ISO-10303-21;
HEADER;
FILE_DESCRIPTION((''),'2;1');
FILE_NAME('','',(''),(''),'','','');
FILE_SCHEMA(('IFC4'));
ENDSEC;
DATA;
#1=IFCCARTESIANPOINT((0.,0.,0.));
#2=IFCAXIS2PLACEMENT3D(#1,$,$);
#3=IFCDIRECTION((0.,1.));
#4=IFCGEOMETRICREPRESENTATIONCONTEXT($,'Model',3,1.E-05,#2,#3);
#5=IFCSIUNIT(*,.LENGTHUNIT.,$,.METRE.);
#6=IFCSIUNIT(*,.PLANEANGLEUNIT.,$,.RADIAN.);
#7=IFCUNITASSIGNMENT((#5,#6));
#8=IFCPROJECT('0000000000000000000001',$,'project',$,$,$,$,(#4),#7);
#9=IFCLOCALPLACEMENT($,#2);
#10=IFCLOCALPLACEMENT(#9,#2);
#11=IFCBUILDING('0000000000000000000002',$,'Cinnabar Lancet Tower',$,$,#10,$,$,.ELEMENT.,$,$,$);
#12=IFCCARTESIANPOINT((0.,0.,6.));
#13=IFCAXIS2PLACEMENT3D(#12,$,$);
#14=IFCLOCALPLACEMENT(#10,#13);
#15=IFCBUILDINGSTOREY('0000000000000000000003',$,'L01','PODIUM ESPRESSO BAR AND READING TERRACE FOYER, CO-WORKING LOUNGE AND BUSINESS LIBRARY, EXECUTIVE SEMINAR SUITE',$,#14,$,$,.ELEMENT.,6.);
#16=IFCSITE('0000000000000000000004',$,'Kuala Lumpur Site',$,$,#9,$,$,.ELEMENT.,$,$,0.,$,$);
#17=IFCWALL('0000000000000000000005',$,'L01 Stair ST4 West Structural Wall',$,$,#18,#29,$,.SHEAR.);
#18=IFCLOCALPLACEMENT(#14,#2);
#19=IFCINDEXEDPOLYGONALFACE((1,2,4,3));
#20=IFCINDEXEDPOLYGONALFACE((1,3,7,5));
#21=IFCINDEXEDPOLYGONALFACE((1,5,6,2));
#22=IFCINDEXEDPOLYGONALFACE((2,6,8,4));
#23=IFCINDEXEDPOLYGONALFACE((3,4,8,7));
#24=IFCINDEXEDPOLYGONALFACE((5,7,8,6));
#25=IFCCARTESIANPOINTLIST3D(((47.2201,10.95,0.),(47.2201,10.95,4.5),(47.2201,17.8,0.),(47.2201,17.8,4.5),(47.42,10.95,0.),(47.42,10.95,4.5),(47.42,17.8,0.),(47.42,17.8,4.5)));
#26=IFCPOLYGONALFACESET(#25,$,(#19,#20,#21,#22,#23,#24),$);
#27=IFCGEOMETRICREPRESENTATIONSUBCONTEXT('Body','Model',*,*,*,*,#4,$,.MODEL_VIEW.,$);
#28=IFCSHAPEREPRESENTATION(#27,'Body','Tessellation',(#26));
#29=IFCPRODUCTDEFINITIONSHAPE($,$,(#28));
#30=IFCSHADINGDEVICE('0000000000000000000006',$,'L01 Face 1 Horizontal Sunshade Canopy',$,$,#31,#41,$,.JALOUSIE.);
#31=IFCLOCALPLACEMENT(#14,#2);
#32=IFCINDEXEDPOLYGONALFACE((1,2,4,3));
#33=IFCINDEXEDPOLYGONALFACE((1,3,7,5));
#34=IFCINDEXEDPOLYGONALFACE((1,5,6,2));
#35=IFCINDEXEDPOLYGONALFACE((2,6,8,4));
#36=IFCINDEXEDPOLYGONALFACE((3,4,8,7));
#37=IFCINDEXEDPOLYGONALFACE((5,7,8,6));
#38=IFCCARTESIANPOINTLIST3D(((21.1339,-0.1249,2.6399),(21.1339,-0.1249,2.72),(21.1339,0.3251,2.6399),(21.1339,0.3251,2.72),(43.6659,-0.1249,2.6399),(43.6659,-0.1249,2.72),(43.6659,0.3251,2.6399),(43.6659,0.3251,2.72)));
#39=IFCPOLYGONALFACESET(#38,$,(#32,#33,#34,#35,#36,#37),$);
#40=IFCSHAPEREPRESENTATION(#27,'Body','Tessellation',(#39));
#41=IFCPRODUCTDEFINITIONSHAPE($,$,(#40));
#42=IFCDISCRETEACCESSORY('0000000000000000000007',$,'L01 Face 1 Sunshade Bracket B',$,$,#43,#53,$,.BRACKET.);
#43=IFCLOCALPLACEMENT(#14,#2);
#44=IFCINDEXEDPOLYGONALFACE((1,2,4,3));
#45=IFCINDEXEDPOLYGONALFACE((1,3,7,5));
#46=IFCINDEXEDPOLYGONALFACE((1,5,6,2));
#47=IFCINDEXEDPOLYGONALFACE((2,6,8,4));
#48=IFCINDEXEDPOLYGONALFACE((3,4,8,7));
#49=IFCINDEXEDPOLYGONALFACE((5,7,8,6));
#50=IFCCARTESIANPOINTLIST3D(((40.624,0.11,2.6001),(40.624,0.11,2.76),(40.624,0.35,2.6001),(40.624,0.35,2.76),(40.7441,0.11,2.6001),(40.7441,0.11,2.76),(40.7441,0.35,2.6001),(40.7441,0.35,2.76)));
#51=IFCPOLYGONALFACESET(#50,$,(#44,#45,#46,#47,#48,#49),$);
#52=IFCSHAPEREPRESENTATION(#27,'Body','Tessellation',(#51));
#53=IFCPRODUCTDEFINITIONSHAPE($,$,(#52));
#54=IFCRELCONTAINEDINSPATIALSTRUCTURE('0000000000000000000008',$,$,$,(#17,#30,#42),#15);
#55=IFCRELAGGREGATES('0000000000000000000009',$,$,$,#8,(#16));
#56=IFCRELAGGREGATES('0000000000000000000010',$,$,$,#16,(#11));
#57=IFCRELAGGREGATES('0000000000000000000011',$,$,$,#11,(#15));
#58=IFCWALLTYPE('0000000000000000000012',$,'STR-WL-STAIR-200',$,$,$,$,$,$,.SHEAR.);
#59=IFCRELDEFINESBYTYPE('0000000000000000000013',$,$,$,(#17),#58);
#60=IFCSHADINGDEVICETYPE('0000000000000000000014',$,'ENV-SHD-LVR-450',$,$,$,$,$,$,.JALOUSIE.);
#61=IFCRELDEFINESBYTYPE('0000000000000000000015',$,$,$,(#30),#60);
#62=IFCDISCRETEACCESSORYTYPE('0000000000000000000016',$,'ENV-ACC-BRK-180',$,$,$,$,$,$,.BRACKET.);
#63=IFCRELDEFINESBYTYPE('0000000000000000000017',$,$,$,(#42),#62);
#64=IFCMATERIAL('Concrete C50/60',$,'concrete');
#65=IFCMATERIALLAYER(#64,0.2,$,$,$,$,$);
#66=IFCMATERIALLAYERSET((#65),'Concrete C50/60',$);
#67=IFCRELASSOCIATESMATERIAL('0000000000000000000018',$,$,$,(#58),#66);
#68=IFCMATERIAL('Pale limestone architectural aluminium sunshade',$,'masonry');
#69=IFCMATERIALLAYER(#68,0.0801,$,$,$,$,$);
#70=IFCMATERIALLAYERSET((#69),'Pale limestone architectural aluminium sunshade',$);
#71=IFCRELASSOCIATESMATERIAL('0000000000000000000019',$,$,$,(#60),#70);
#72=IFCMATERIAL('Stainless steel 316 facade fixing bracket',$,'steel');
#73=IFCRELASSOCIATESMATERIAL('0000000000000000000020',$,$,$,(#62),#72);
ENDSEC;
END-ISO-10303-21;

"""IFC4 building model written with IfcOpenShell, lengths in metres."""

from ifc_helpers import new_model, si_unit, direction, frame, frame_2d, origin, origin_2d, place, context, subcontext, project, spatial, rectangle, extrude, material, layer, layer_set, type_object, element, save


model = new_model("IFC4")

# Units and contexts
model_context = context("Model", 3, precision=1e-05, world=origin(), true_north=direction((0.0, 1.0)))
body_context = subcontext(model_context, "Body", "Model", "MODEL_VIEW")
ifc_project = project(units=[si_unit("LENGTHUNIT", "METRE"), si_unit("PLANEANGLEUNIT", "RADIAN")], contexts=[model_context])

# Site, building, storey
site_placement = place(None, origin())
site = spatial("IfcSite", under=ifc_project, at=site_placement, Name="Kuala Lumpur Site", CompositionType="ELEMENT", RefElevation=0.0)
building_placement = place(site_placement, origin())
building = spatial("IfcBuilding", under=site, at=building_placement, Name="Cinnabar Lancet Tower", CompositionType="ELEMENT")
storey_placement = place(building_placement, frame((0.0, 0.0, 6.0)))
storey = spatial("IfcBuildingStorey", under=building, at=storey_placement, Name="L01", Description="PODIUM ESPRESSO BAR AND READING TERRACE FOYER, CO-WORKING LOUNGE AND BUSINESS LIBRARY, EXECUTIVE SEMINAR SUITE", CompositionType="ELEMENT", Elevation=6.0)

# Wall
ifc_material_1 = material(Name="Concrete C50/60", Category="concrete")
ifc_layer_1 = layer(ifc_material_1, 0.2)
ifc_layer_set_1 = layer_set([ifc_layer_1], Name="Concrete C50/60")
wall_type_1 = type_object("IfcWallType", Name="STR-WL-STAIR-200", PredefinedType="SHEAR", material=ifc_layer_set_1)
wall_1_placement = place(storey_placement, frame((47.3201, 10.95, 0.0), z_axis=(0.0, 0.0, 1.0), x_axis=(0.0, 1.0, 0.0)))
element("IfcWall", 1, at=wall_1_placement, inside=storey, type_object=wall_type_1, Name="L01 Stair ST4 West Structural Wall", PredefinedType="SHEAR", context=body_context, shape_type="SweptSolid", body=[
    extrude(rectangle(XDim=6.8501, YDim=0.2, at=frame_2d((3.425, 0.0))), origin(), (0.0, 0.0, 1.0), 4.5),
])

# Shading device
ifc_material_2 = material(Name="Pale limestone architectural aluminium sunshade", Category="masonry")
ifc_layer_2 = layer(ifc_material_2, 0.0801)
ifc_layer_set_2 = layer_set([ifc_layer_2], Name="Pale limestone architectural aluminium sunshade")
shading_device_type = type_object("IfcShadingDeviceType", Name="ENV-SHD-LVR-450", PredefinedType="JALOUSIE", material=ifc_layer_set_2)
shading_device_placement = place(storey_placement, frame((32.3999, 0.1001, 2.6399), z_axis=(0.0, 0.0, 1.0), x_axis=(1.0, 0.0, 0.0)))
element("IfcShadingDevice", 2, at=shading_device_placement, inside=storey, type_object=shading_device_type, Name="L01 Face 1 Horizontal Sunshade Canopy", PredefinedType="JALOUSIE", context=body_context, shape_type="SweptSolid", body=[
    extrude(rectangle(XDim=22.532, YDim=0.45, at=origin_2d()), origin(), (0.0, 0.0, 1.0), 0.0801),
])

# Discrete accessory
ifc_material_3 = material(Name="Stainless steel 316 facade fixing bracket", Category="steel")
discrete_accessory_type = type_object("IfcDiscreteAccessoryType", Name="ENV-ACC-BRK-180", PredefinedType="BRACKET", material=ifc_material_3)
discrete_accessory_placement = place(storey_placement, frame((40.6841, 0.23, 2.6001), z_axis=(0.0, 0.0, 1.0), x_axis=(1.0, 0.0, 0.0)))
element("IfcDiscreteAccessory", 3, at=discrete_accessory_placement, inside=storey, type_object=discrete_accessory_type, Name="L01 Face 1 Sunshade Bracket B", PredefinedType="BRACKET", context=body_context, shape_type="SweptSolid", body=[
    extrude(rectangle(XDim=0.1201, YDim=0.24, at=origin_2d()), origin(), (0.0, 0.0, 1.0), 0.1599),
])

save(model, "model.ifc")
